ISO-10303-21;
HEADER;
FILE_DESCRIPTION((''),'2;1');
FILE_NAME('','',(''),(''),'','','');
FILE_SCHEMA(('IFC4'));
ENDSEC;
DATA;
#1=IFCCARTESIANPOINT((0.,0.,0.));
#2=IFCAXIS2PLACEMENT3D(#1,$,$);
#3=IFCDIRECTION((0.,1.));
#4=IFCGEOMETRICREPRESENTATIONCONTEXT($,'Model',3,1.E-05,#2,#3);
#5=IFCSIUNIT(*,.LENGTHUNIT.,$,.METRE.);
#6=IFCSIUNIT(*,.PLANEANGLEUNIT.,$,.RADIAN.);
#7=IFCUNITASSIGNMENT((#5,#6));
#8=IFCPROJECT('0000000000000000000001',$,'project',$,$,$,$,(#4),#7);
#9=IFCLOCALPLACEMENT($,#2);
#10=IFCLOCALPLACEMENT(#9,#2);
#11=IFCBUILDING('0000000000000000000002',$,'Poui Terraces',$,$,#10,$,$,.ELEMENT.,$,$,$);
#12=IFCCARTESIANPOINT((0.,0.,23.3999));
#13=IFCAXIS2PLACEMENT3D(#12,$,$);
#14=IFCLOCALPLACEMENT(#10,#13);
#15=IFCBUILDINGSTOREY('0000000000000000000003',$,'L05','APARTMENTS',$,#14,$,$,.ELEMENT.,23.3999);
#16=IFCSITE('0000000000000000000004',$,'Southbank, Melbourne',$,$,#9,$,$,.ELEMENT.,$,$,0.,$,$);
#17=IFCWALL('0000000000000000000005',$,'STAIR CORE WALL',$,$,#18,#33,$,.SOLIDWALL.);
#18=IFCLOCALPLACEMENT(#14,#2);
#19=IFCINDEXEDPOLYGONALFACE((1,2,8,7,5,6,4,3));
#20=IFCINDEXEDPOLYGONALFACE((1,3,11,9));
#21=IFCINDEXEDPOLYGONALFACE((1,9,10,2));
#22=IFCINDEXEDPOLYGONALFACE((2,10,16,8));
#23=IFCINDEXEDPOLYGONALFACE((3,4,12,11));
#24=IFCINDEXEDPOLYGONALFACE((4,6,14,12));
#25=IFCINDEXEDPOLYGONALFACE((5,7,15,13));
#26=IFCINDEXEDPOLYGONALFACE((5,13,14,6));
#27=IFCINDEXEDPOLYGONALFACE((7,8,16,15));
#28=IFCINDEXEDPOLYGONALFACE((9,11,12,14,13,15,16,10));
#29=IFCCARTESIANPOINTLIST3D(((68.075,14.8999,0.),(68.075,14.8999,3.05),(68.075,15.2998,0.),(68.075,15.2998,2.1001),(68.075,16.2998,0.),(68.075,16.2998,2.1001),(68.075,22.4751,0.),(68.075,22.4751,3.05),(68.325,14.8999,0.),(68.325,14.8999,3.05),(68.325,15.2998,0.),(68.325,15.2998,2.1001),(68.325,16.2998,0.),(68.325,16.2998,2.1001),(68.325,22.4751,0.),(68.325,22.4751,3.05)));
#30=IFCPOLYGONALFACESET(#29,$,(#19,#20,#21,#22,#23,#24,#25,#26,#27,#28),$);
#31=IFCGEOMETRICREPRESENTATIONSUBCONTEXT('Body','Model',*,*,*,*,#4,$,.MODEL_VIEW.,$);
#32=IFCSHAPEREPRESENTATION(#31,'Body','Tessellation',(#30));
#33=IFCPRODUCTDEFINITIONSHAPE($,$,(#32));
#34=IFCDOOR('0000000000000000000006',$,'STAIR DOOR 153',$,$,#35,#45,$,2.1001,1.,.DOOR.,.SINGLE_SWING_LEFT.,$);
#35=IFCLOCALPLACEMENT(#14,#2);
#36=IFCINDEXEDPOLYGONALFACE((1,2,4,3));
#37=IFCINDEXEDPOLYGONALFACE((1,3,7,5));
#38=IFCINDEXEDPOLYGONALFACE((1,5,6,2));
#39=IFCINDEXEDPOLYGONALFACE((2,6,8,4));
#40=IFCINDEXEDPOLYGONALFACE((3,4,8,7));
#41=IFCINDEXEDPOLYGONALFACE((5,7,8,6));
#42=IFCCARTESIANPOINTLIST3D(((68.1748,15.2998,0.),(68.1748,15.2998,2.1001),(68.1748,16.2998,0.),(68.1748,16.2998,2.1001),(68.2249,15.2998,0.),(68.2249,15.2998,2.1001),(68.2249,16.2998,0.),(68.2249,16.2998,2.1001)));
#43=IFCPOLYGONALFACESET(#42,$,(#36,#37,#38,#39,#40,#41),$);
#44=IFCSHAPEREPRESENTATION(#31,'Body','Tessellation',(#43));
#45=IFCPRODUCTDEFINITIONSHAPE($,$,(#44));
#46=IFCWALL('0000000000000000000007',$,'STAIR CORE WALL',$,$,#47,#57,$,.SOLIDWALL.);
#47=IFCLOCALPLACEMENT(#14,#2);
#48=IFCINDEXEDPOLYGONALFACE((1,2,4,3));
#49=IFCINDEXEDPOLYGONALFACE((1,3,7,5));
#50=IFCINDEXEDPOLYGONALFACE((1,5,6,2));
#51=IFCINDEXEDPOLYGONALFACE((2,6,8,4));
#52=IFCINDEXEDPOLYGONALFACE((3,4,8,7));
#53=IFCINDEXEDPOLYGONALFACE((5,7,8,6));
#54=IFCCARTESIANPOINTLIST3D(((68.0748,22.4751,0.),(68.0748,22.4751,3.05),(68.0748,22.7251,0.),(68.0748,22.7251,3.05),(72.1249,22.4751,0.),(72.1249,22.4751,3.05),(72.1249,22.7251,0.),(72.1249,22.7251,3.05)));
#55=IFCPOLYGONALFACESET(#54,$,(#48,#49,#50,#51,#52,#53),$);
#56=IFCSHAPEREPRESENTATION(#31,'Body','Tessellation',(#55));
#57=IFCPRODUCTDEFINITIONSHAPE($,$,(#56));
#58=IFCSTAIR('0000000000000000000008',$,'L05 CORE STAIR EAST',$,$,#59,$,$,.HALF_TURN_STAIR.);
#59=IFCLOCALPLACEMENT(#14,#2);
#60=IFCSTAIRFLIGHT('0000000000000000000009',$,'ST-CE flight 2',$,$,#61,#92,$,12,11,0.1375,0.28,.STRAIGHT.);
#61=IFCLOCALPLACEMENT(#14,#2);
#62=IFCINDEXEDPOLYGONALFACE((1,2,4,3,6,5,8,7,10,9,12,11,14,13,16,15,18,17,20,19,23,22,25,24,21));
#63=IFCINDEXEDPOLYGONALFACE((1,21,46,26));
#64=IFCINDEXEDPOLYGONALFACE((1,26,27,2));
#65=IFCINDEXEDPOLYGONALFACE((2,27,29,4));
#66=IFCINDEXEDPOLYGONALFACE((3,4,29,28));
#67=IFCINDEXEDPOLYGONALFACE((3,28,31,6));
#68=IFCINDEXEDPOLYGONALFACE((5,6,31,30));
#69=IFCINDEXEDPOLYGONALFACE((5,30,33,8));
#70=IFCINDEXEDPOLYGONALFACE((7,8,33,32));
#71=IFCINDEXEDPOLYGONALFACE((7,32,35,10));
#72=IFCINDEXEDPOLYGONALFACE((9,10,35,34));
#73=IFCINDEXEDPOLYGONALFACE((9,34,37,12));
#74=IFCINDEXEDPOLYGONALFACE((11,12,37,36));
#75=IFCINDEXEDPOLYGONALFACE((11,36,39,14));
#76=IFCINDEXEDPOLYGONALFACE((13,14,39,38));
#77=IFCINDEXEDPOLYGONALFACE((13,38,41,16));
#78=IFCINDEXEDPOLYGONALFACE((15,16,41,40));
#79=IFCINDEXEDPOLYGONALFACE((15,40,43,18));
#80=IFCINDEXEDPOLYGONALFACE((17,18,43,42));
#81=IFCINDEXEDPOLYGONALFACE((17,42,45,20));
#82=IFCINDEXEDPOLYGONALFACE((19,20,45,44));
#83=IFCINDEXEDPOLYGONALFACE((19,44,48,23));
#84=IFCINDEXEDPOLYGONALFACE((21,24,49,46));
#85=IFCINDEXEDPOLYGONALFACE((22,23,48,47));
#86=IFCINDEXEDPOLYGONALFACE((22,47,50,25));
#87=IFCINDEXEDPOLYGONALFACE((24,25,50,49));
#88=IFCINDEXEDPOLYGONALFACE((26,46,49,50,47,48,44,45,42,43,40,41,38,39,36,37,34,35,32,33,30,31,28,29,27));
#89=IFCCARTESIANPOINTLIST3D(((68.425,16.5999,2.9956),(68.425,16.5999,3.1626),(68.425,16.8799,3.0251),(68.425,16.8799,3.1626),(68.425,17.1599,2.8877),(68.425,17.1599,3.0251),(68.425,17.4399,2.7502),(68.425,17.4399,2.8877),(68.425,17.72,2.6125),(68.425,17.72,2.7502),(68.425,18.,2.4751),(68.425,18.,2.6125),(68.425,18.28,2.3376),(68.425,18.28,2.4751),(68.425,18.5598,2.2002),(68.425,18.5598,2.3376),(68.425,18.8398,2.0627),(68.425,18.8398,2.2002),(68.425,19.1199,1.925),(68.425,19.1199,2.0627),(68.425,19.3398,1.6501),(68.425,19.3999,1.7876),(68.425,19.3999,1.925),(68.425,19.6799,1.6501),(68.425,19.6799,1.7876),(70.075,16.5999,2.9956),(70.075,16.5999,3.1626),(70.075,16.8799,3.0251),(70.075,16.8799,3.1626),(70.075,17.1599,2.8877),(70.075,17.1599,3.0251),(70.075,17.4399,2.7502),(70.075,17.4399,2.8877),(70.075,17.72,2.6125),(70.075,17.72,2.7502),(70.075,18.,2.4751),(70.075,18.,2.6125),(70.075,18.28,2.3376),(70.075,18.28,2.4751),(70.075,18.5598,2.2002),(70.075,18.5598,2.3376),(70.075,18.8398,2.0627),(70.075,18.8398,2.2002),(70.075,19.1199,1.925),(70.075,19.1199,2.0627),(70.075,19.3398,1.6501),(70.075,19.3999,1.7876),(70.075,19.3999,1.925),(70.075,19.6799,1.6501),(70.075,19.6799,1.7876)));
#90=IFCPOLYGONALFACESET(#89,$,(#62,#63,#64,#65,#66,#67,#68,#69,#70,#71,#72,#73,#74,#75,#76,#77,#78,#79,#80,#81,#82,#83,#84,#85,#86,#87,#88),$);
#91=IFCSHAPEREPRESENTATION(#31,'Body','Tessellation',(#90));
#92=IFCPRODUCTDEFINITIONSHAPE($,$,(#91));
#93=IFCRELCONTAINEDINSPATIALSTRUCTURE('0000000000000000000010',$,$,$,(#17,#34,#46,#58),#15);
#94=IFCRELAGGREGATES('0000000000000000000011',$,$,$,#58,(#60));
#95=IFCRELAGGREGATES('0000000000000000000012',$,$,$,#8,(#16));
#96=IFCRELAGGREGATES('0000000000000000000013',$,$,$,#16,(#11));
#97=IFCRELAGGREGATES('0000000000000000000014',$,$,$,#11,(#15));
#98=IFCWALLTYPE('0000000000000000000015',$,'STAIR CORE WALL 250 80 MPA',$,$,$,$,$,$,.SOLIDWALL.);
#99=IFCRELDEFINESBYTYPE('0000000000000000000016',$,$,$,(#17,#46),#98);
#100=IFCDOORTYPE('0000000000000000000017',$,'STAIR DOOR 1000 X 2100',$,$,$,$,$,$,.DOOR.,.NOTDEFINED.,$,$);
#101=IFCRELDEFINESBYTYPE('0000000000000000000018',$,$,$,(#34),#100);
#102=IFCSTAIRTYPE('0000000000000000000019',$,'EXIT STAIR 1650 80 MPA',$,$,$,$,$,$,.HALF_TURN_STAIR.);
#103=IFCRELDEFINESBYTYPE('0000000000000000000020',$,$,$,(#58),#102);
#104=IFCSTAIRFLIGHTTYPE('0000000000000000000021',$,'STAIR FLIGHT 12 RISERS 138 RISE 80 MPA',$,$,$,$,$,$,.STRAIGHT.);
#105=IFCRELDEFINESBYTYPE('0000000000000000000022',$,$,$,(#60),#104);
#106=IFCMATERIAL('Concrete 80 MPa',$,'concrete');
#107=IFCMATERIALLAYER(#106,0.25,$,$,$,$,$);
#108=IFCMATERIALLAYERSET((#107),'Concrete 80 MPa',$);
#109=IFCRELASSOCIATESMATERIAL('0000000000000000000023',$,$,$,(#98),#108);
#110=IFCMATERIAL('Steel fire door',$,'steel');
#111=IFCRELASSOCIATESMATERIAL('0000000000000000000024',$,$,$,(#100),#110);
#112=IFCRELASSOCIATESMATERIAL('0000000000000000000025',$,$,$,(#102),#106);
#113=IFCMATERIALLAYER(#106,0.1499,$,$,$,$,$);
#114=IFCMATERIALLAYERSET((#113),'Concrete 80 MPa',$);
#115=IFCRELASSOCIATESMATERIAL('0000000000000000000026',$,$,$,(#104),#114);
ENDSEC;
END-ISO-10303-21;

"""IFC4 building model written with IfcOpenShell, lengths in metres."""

from ifc_helpers import new_model, si_unit, direction, frame, frame_2d, origin, place, context, subcontext, project, spatial, polyline, rectangle, outline, extrude, material, layer, layer_set, type_object, element, fill, aggregate, save


model = new_model("IFC4")

# Units and contexts
model_context = context("Model", 3, precision=1e-05, world=origin(), true_north=direction((0.0, 1.0)))
body_context = subcontext(model_context, "Body", "Model", "MODEL_VIEW")
ifc_project = project(units=[si_unit("LENGTHUNIT", "METRE"), si_unit("PLANEANGLEUNIT", "RADIAN")], contexts=[model_context])

# Site, building, storey
site_placement = place(None, origin())
site = spatial("IfcSite", under=ifc_project, at=site_placement, Name="Southbank, Melbourne", CompositionType="ELEMENT", RefElevation=0.0)
building_placement = place(site_placement, origin())
building = spatial("IfcBuilding", under=site, at=building_placement, Name="Poui Terraces", CompositionType="ELEMENT")
storey_placement = place(building_placement, frame((0.0, 0.0, 23.3999)))
storey = spatial("IfcBuildingStorey", under=building, at=storey_placement, Name="L05", Description="APARTMENTS", CompositionType="ELEMENT", Elevation=23.3999)

# Shared definitions
ifc_material_1 = material(Name="Concrete 80 MPa", Category="concrete")

# Shared definitions
ifc_material_2 = material(Name="Steel fire door", Category="steel")

# Wall, opening, door
ifc_layer_1 = layer(ifc_material_1, 0.25)
ifc_layer_set_1 = layer_set([ifc_layer_1], Name="Concrete 80 MPa")
wall_type_1 = type_object("IfcWallType", Name="STAIR CORE WALL 250 80 MPA", PredefinedType="SOLIDWALL", material=ifc_layer_set_1)
wall_1_placement = place(storey_placement, frame((68.2, 14.8999, 0.0), z_axis=(0.0, 0.0, 1.0), x_axis=(0.0, 1.0, 0.0)))
wall_1 = element("IfcWall", 1, at=wall_1_placement, inside=storey, type_object=wall_type_1, Name="STAIR CORE WALL", PredefinedType="SOLIDWALL", context=body_context, shape_type="SweptSolid", body=[
    extrude(rectangle(XDim=7.5752, YDim=0.25, at=frame_2d((3.7876, 0.0))), origin(), (0.0, 0.0, 1.0), 3.05),
])
opening_1_placement = place(wall_1_placement, frame((0.3999, 0.0, 0.0)))
opening_1 = element("IfcOpeningElement", 2, at=opening_1_placement, cuts=wall_1, PredefinedType="OPENING", context=body_context, shape_type="SweptSolid", body=[
    extrude(rectangle(XDim=1.0, YDim=2.1001, at=frame_2d((0.5, 1.05))), frame((0.0, 0.135, 0.0), z_axis=(0.0, -1.0, 0.0), x_axis=(1.0, 0.0, 0.0)), (0.0, 0.0, 1.0), 0.27),
])
door_type_1 = type_object("IfcDoorType", Name="STAIR DOOR 1000 X 2100", OperationType="NOTDEFINED", PredefinedType="DOOR", material=ifc_material_2)
door_1_placement = place(opening_1_placement, frame((1.0, 0.0, 0.0), z_axis=(0.0, 0.0, 1.0), x_axis=(-1.0, 0.0, 0.0)))
door_1 = element("IfcDoor", 3, at=door_1_placement, inside=storey, type_object=door_type_1, Name="STAIR DOOR 153", OperationType="SINGLE_SWING_LEFT", OverallHeight=2.1001, OverallWidth=1.0, PredefinedType="DOOR", context=body_context, shape_type="SweptSolid", body=[
    extrude(rectangle(XDim=1.0, YDim=2.1001, at=frame_2d((0.5, 1.05))), frame((0.0, 0.0249, 0.0), z_axis=(0.0, -1.0, 0.0), x_axis=(1.0, 0.0, 0.0)), (0.0, 0.0, 1.0), 0.05),
])
fill(opening_1, door_1)

# Wall
wall_2_placement = place(storey_placement, frame((68.075, 22.6001, 0.0), z_axis=(0.0, 0.0, 1.0), x_axis=(1.0, 0.0, 0.0)))
element("IfcWall", 4, at=wall_2_placement, inside=storey, type_object=wall_type_1, Name="STAIR CORE WALL", PredefinedType="SOLIDWALL", context=body_context, shape_type="SweptSolid", body=[
    extrude(rectangle(XDim=4.05, YDim=0.25, at=frame_2d((2.0249, 0.0))), origin(), (0.0, 0.0, 1.0), 3.05),
])

# Stair, stair flight
stair_type = type_object("IfcStairType", Name="EXIT STAIR 1650 80 MPA", PredefinedType="HALF_TURN_STAIR", material=ifc_material_1)
stair_placement = place(storey_placement, origin())
stair = element("IfcStair", 5, at=stair_placement, inside=storey, type_object=stair_type, Name="L05 CORE STAIR EAST", PredefinedType="HALF_TURN_STAIR")
ifc_layer_2 = layer(ifc_material_1, 0.1499)
ifc_layer_set_2 = layer_set([ifc_layer_2], Name="Concrete 80 MPa")
stair_flight_type = type_object("IfcStairFlightType", Name="STAIR FLIGHT 12 RISERS 138 RISE 80 MPA", PredefinedType="STRAIGHT", material=ifc_layer_set_2)
stair_flight_placement = place(storey_placement, frame((69.25, 19.6799, 1.6501), z_axis=(0.0, 0.0, 1.0), x_axis=(0.0, -1.0, 0.0)))
stair_flight = element("IfcStairFlight", 6, at=stair_flight_placement, type_object=stair_flight_type, Name="ST-CE flight 2", NumberOfRisers=12, NumberOfTreads=11, PredefinedType="STRAIGHT", RiserHeight=0.1375, TreadLength=0.28, context=body_context, shape_type="SweptSolid", body=[
    extrude(outline(polyline([(0.0, 0.0), (0.0, 0.1375), (0.28, 0.1375), (0.28, 0.2749), (0.5601, 0.2749), (0.5601, 0.4126), (0.8401, 0.4126), (0.8401, 0.55), (1.1201, 0.55), (1.1201, 0.6875), (1.3999, 0.6875), (1.3999, 0.825), (1.6799, 0.825), (1.6799, 0.9624), (1.96, 0.9624), (1.96, 1.1001), (2.24, 1.1001), (2.24, 1.2375), (2.52, 1.2375), (2.52, 1.375), (2.8, 1.375), (2.8, 1.5125), (3.0801, 1.5125), (3.0801, 1.6499), (3.0801, 1.3455), (0.3401, 0.0), (0.0, 0.0)])), frame((0.0, 0.825, 0.0), z_axis=(0.0, -1.0, 0.0), x_axis=(1.0, 0.0, 0.0)), (0.0, 0.0, 1.0), 1.6499),
])
aggregate(stair, [stair_flight])

save(model, "model.ifc")
